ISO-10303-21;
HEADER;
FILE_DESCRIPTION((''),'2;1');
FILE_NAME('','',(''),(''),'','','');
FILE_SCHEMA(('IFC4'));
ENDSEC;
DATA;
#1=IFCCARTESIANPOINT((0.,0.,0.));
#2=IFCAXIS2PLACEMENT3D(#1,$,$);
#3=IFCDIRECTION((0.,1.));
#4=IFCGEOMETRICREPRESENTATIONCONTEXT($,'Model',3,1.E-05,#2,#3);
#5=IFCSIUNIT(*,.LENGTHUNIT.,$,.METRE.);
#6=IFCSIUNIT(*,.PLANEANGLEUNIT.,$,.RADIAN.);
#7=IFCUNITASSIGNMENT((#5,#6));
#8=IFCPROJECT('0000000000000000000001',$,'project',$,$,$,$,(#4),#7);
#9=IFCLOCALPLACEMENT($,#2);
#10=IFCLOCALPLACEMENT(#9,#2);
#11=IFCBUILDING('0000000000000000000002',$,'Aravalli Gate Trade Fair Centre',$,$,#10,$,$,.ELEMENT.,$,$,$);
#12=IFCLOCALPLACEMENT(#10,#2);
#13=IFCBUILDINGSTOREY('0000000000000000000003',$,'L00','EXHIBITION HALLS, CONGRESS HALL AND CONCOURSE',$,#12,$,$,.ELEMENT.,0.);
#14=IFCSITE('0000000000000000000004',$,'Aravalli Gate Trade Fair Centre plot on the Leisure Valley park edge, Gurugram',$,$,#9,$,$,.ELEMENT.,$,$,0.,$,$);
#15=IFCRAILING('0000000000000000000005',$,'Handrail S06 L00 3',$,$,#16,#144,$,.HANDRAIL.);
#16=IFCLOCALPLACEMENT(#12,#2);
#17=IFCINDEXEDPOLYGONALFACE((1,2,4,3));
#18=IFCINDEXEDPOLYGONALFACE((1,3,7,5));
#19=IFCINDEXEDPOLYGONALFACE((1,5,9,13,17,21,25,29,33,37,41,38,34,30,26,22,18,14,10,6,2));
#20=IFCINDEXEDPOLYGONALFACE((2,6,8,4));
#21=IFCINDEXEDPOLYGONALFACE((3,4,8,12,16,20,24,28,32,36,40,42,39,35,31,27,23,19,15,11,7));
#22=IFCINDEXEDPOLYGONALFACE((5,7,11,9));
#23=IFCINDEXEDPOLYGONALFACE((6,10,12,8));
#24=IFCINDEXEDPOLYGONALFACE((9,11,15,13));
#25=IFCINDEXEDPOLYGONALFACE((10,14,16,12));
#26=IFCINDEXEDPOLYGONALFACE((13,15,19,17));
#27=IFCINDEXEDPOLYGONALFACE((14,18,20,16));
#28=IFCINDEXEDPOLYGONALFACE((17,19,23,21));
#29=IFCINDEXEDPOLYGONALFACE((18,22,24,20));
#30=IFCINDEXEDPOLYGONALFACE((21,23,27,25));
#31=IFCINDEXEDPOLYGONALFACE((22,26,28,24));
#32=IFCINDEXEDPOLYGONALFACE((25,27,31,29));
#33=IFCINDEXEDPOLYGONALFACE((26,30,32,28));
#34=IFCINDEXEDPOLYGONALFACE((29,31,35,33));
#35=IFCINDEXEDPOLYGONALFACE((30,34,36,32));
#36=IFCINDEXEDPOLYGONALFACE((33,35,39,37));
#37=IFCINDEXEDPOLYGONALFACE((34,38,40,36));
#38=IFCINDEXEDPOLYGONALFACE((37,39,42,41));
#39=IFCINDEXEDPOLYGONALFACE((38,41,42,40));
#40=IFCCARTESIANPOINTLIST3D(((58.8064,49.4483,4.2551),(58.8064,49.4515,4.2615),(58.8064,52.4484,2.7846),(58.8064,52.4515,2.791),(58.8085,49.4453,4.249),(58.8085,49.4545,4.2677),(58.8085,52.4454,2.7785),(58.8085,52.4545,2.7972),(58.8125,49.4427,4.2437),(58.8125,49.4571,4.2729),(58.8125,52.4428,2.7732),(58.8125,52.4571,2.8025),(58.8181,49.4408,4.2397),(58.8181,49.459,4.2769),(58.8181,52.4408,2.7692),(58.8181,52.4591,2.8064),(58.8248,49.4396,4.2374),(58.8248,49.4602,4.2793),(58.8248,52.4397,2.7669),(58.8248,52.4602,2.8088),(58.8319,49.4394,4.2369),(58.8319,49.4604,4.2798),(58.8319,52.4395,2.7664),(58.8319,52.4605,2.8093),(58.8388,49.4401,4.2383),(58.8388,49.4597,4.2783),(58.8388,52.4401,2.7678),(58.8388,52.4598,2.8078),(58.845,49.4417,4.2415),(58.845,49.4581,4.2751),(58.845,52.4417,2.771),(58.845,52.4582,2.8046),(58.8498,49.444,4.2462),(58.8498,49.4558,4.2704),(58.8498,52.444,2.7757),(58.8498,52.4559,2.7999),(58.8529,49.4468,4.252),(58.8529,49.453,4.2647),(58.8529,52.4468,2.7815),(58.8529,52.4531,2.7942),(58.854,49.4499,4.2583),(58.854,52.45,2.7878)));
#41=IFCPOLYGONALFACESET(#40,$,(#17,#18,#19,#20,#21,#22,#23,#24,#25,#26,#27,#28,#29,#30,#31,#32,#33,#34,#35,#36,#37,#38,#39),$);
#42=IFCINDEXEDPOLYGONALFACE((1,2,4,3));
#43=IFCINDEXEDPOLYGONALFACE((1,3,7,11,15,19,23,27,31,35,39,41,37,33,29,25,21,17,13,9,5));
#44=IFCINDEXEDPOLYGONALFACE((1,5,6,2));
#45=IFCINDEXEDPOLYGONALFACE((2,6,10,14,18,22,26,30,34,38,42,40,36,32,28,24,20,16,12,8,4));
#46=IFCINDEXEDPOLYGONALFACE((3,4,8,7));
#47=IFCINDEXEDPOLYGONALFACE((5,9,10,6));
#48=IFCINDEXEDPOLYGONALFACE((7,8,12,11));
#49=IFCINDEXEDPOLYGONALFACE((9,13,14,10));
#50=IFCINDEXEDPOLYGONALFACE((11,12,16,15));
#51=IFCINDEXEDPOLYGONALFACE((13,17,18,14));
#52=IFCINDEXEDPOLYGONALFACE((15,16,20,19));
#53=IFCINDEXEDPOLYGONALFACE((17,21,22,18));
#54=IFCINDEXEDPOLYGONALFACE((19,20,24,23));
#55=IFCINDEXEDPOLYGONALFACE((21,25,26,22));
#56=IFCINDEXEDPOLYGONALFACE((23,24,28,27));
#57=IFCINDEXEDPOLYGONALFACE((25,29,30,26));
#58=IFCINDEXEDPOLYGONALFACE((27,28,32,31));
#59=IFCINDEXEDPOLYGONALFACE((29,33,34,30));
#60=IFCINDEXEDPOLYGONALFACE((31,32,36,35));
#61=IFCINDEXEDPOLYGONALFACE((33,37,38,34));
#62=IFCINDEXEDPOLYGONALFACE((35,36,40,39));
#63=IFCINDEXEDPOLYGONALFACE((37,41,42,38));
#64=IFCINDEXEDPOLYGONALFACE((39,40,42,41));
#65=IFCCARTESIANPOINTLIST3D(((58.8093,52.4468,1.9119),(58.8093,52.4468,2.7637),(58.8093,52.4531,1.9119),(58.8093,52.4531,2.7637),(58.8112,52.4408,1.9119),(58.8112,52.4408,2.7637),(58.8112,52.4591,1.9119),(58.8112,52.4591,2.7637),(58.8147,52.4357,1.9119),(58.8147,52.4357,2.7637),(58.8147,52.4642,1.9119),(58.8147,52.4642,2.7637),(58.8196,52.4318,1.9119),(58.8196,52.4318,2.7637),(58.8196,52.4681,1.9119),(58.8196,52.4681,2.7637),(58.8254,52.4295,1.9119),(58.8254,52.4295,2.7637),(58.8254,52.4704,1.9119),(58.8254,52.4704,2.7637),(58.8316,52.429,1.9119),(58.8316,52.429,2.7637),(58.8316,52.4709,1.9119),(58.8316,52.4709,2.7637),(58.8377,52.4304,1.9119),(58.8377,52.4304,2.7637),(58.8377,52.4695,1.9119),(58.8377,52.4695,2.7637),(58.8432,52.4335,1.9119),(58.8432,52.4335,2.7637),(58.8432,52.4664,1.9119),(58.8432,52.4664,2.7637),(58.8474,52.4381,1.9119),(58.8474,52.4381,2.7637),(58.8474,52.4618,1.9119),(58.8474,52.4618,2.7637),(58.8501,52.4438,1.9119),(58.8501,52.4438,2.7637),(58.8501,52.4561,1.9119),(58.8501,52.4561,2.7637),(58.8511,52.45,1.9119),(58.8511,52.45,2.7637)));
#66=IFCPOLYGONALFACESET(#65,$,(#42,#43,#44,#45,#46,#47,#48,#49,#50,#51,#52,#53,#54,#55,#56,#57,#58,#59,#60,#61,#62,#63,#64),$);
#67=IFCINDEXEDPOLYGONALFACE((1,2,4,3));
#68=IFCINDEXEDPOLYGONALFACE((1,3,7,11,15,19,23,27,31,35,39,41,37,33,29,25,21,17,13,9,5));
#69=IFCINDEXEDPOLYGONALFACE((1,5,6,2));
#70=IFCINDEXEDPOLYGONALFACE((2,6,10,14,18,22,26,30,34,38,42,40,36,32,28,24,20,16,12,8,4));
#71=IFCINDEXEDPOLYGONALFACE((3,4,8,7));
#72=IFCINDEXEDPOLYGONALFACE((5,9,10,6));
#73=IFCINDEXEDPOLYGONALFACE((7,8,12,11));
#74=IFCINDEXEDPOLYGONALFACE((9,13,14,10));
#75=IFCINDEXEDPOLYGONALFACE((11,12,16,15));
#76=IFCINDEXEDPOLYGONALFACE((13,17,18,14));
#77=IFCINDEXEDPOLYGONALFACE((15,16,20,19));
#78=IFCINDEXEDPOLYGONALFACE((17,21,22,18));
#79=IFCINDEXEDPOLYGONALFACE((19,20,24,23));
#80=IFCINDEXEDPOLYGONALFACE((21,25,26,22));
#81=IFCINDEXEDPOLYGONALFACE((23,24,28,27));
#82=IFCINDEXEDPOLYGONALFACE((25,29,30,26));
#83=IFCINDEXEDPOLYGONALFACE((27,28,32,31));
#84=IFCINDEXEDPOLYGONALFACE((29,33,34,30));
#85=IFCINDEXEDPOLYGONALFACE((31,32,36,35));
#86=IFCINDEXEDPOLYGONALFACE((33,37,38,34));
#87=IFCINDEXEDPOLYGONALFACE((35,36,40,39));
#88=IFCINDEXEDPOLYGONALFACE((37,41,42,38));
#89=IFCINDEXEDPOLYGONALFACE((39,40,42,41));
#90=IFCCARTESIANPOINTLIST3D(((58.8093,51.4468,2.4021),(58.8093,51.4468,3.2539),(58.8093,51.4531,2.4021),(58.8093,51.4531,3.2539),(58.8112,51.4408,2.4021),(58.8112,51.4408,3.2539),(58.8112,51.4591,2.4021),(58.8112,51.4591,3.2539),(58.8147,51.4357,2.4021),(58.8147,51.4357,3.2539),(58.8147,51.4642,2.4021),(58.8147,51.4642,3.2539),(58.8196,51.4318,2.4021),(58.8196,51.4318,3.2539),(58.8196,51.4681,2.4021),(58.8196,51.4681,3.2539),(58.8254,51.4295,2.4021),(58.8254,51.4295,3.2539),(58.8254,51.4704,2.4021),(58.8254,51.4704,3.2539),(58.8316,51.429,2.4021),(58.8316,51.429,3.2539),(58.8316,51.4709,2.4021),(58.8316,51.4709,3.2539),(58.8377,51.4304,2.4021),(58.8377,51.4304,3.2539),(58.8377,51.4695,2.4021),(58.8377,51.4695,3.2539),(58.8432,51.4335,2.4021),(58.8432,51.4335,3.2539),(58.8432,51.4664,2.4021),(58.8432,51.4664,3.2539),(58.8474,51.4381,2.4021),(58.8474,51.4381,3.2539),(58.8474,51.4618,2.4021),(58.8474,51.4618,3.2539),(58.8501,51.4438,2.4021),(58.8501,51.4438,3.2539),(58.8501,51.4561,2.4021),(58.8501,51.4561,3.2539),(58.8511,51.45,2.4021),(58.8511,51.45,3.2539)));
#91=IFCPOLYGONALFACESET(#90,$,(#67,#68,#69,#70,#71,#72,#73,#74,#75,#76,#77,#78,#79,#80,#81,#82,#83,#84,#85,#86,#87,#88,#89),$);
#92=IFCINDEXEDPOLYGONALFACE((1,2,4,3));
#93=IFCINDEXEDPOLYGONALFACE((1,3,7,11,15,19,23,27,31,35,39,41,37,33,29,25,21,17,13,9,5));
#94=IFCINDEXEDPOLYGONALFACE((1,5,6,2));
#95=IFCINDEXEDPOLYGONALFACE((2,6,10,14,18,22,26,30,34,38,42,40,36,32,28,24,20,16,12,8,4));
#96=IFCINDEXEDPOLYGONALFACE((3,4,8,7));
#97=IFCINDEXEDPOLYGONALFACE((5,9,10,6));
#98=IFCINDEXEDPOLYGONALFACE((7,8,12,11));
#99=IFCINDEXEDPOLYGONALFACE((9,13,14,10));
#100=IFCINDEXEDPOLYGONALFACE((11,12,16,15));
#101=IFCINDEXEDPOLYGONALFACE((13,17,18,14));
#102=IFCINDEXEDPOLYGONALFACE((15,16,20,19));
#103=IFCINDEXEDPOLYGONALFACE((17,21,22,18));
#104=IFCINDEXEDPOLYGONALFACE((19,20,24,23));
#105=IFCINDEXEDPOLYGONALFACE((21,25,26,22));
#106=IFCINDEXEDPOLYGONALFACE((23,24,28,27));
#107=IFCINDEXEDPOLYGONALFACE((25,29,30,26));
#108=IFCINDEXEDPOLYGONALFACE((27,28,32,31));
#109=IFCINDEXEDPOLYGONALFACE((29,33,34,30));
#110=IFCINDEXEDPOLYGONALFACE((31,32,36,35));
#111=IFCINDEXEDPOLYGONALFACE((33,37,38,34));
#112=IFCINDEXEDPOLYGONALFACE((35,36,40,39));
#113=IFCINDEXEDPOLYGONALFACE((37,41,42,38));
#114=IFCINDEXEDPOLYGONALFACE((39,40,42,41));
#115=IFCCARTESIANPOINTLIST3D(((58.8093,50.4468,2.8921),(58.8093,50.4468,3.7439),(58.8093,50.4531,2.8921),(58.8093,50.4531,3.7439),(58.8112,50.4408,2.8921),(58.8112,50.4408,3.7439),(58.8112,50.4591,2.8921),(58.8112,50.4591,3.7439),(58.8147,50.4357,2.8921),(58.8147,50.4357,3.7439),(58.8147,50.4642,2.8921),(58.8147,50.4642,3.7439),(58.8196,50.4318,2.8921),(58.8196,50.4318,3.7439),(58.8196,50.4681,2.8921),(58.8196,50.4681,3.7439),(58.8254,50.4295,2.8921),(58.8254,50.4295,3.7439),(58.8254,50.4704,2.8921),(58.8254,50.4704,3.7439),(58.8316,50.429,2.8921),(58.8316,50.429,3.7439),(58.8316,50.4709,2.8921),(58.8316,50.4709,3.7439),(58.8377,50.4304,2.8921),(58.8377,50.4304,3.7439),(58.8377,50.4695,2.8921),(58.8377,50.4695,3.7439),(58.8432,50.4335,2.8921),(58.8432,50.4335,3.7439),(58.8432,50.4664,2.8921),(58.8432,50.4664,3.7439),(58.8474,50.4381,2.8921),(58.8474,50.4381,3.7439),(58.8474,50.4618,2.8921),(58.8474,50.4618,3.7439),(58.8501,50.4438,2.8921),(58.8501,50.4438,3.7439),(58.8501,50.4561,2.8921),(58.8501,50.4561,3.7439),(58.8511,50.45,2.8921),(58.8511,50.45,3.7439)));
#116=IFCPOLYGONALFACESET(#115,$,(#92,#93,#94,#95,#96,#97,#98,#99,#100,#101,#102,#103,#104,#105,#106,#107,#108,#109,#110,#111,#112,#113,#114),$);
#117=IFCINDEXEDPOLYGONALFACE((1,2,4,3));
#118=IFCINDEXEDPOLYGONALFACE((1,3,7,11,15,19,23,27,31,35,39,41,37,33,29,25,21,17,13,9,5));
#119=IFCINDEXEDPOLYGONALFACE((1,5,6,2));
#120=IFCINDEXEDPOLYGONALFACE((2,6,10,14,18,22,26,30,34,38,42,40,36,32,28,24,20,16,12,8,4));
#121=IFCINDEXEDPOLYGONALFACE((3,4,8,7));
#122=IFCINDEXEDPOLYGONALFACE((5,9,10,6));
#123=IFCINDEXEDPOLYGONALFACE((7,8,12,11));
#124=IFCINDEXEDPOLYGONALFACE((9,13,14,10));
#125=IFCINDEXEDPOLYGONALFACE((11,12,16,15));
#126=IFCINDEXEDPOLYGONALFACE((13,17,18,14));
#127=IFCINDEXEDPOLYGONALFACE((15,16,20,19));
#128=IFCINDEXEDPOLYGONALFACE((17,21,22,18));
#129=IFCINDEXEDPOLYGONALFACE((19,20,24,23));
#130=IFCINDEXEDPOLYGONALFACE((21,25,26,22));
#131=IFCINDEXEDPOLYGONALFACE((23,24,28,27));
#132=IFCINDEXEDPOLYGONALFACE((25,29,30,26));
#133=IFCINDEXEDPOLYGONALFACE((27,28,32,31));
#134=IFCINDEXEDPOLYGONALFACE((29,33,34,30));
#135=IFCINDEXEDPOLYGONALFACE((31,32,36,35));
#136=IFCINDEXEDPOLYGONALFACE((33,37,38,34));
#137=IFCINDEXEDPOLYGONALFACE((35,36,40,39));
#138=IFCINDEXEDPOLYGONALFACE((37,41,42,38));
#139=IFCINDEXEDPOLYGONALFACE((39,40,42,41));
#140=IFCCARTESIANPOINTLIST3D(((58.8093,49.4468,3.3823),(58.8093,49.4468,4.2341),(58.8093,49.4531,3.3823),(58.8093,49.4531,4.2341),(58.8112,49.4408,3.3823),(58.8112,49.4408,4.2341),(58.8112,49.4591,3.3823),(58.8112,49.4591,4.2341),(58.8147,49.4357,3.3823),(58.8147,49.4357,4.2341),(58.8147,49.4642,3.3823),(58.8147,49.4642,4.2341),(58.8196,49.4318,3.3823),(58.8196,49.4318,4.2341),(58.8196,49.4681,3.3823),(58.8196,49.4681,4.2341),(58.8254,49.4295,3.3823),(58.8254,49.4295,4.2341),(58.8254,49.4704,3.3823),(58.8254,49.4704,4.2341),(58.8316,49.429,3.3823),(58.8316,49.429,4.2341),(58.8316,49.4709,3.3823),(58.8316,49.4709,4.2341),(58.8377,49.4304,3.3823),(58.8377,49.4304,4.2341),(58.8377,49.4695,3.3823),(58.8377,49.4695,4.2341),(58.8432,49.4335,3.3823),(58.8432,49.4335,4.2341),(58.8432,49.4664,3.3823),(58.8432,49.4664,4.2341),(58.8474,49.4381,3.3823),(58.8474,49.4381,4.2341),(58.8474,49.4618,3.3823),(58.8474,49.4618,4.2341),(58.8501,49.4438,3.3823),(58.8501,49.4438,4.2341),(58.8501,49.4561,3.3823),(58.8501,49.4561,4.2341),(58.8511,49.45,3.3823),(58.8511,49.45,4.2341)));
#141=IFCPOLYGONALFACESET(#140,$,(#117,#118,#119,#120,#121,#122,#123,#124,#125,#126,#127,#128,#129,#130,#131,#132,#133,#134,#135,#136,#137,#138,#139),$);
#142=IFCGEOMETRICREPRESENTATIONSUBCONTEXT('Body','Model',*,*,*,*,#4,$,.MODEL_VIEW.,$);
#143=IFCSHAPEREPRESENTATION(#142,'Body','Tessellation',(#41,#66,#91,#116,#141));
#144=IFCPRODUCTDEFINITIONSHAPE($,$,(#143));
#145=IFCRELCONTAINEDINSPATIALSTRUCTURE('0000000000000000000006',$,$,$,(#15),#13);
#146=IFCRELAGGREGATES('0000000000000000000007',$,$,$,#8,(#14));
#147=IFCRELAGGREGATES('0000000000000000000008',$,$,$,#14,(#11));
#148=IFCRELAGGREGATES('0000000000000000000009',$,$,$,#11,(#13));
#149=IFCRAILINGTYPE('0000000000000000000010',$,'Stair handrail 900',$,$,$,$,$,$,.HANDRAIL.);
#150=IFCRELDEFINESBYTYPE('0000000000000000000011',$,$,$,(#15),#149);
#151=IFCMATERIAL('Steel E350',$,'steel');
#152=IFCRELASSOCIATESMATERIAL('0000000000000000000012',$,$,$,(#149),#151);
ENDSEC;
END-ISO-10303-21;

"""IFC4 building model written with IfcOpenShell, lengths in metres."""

from ifc_helpers import new_model, si_unit, direction, frame, origin, origin_2d, place, context, subcontext, project, spatial, circle, extrude, material, type_object, element, save


model = new_model("IFC4")

# Units and contexts
model_context = context("Model", 3, precision=1e-05, world=origin(), true_north=direction((0.0, 1.0)))
body_context = subcontext(model_context, "Body", "Model", "MODEL_VIEW")
ifc_project = project(units=[si_unit("LENGTHUNIT", "METRE"), si_unit("PLANEANGLEUNIT", "RADIAN")], contexts=[model_context])

# Site, building, storey
site_placement = place(None, origin())
site = spatial("IfcSite", under=ifc_project, at=site_placement, Name="Aravalli Gate Trade Fair Centre plot on the Leisure Valley park edge, Gurugram", CompositionType="ELEMENT", RefElevation=0.0)
building_placement = place(site_placement, origin())
building = spatial("IfcBuilding", under=site, at=building_placement, Name="Aravalli Gate Trade Fair Centre", CompositionType="ELEMENT")
storey_placement = place(building_placement, origin())
storey = spatial("IfcBuildingStorey", under=building, at=storey_placement, Name="L00", Description="EXHIBITION HALLS, CONGRESS HALL AND CONCOURSE", CompositionType="ELEMENT", Elevation=0.0)

# Railing
ifc_material_1 = material(Name="Steel E350", Category="steel")
railing_type = type_object("IfcRailingType", Name="Stair handrail 900", PredefinedType="HANDRAIL", material=ifc_material_1)
for number, where, name in (
    (1, (58.8301, 52.45, 1.9119), "Handrail S06 L00 3"),
):
    element("IfcRailing", number, at=place(storey_placement, frame(where)), inside=storey, type_object=railing_type, Name=name, PredefinedType="HANDRAIL", context=body_context, shape_type="SweptSolid", body=[
        extrude(circle(Radius=0.0239, at=origin_2d()), frame((0.0, 0.0, 0.876), z_axis=(0.0, -0.897936, 0.440126), x_axis=(1.0, 0.0, 0.0)), (0.0, 0.0, 1.0), 3.3411),
        extrude(circle(Radius=0.021, at=origin_2d()), origin(), (0.0, 0.0, 1.0), 0.8518),
        extrude(circle(Radius=0.021, at=origin_2d()), frame((0.0, -1.0, 0.4902)), (0.0, 0.0, 1.0), 0.8518),
        extrude(circle(Radius=0.021, at=origin_2d()), frame((0.0, -2.0, 0.9802)), (0.0, 0.0, 1.0), 0.8518),
        extrude(circle(Radius=0.021, at=origin_2d()), frame((0.0, -3.0, 1.4705)), (0.0, 0.0, 1.0), 0.8518),
    ])

save(model, "model.ifc")
